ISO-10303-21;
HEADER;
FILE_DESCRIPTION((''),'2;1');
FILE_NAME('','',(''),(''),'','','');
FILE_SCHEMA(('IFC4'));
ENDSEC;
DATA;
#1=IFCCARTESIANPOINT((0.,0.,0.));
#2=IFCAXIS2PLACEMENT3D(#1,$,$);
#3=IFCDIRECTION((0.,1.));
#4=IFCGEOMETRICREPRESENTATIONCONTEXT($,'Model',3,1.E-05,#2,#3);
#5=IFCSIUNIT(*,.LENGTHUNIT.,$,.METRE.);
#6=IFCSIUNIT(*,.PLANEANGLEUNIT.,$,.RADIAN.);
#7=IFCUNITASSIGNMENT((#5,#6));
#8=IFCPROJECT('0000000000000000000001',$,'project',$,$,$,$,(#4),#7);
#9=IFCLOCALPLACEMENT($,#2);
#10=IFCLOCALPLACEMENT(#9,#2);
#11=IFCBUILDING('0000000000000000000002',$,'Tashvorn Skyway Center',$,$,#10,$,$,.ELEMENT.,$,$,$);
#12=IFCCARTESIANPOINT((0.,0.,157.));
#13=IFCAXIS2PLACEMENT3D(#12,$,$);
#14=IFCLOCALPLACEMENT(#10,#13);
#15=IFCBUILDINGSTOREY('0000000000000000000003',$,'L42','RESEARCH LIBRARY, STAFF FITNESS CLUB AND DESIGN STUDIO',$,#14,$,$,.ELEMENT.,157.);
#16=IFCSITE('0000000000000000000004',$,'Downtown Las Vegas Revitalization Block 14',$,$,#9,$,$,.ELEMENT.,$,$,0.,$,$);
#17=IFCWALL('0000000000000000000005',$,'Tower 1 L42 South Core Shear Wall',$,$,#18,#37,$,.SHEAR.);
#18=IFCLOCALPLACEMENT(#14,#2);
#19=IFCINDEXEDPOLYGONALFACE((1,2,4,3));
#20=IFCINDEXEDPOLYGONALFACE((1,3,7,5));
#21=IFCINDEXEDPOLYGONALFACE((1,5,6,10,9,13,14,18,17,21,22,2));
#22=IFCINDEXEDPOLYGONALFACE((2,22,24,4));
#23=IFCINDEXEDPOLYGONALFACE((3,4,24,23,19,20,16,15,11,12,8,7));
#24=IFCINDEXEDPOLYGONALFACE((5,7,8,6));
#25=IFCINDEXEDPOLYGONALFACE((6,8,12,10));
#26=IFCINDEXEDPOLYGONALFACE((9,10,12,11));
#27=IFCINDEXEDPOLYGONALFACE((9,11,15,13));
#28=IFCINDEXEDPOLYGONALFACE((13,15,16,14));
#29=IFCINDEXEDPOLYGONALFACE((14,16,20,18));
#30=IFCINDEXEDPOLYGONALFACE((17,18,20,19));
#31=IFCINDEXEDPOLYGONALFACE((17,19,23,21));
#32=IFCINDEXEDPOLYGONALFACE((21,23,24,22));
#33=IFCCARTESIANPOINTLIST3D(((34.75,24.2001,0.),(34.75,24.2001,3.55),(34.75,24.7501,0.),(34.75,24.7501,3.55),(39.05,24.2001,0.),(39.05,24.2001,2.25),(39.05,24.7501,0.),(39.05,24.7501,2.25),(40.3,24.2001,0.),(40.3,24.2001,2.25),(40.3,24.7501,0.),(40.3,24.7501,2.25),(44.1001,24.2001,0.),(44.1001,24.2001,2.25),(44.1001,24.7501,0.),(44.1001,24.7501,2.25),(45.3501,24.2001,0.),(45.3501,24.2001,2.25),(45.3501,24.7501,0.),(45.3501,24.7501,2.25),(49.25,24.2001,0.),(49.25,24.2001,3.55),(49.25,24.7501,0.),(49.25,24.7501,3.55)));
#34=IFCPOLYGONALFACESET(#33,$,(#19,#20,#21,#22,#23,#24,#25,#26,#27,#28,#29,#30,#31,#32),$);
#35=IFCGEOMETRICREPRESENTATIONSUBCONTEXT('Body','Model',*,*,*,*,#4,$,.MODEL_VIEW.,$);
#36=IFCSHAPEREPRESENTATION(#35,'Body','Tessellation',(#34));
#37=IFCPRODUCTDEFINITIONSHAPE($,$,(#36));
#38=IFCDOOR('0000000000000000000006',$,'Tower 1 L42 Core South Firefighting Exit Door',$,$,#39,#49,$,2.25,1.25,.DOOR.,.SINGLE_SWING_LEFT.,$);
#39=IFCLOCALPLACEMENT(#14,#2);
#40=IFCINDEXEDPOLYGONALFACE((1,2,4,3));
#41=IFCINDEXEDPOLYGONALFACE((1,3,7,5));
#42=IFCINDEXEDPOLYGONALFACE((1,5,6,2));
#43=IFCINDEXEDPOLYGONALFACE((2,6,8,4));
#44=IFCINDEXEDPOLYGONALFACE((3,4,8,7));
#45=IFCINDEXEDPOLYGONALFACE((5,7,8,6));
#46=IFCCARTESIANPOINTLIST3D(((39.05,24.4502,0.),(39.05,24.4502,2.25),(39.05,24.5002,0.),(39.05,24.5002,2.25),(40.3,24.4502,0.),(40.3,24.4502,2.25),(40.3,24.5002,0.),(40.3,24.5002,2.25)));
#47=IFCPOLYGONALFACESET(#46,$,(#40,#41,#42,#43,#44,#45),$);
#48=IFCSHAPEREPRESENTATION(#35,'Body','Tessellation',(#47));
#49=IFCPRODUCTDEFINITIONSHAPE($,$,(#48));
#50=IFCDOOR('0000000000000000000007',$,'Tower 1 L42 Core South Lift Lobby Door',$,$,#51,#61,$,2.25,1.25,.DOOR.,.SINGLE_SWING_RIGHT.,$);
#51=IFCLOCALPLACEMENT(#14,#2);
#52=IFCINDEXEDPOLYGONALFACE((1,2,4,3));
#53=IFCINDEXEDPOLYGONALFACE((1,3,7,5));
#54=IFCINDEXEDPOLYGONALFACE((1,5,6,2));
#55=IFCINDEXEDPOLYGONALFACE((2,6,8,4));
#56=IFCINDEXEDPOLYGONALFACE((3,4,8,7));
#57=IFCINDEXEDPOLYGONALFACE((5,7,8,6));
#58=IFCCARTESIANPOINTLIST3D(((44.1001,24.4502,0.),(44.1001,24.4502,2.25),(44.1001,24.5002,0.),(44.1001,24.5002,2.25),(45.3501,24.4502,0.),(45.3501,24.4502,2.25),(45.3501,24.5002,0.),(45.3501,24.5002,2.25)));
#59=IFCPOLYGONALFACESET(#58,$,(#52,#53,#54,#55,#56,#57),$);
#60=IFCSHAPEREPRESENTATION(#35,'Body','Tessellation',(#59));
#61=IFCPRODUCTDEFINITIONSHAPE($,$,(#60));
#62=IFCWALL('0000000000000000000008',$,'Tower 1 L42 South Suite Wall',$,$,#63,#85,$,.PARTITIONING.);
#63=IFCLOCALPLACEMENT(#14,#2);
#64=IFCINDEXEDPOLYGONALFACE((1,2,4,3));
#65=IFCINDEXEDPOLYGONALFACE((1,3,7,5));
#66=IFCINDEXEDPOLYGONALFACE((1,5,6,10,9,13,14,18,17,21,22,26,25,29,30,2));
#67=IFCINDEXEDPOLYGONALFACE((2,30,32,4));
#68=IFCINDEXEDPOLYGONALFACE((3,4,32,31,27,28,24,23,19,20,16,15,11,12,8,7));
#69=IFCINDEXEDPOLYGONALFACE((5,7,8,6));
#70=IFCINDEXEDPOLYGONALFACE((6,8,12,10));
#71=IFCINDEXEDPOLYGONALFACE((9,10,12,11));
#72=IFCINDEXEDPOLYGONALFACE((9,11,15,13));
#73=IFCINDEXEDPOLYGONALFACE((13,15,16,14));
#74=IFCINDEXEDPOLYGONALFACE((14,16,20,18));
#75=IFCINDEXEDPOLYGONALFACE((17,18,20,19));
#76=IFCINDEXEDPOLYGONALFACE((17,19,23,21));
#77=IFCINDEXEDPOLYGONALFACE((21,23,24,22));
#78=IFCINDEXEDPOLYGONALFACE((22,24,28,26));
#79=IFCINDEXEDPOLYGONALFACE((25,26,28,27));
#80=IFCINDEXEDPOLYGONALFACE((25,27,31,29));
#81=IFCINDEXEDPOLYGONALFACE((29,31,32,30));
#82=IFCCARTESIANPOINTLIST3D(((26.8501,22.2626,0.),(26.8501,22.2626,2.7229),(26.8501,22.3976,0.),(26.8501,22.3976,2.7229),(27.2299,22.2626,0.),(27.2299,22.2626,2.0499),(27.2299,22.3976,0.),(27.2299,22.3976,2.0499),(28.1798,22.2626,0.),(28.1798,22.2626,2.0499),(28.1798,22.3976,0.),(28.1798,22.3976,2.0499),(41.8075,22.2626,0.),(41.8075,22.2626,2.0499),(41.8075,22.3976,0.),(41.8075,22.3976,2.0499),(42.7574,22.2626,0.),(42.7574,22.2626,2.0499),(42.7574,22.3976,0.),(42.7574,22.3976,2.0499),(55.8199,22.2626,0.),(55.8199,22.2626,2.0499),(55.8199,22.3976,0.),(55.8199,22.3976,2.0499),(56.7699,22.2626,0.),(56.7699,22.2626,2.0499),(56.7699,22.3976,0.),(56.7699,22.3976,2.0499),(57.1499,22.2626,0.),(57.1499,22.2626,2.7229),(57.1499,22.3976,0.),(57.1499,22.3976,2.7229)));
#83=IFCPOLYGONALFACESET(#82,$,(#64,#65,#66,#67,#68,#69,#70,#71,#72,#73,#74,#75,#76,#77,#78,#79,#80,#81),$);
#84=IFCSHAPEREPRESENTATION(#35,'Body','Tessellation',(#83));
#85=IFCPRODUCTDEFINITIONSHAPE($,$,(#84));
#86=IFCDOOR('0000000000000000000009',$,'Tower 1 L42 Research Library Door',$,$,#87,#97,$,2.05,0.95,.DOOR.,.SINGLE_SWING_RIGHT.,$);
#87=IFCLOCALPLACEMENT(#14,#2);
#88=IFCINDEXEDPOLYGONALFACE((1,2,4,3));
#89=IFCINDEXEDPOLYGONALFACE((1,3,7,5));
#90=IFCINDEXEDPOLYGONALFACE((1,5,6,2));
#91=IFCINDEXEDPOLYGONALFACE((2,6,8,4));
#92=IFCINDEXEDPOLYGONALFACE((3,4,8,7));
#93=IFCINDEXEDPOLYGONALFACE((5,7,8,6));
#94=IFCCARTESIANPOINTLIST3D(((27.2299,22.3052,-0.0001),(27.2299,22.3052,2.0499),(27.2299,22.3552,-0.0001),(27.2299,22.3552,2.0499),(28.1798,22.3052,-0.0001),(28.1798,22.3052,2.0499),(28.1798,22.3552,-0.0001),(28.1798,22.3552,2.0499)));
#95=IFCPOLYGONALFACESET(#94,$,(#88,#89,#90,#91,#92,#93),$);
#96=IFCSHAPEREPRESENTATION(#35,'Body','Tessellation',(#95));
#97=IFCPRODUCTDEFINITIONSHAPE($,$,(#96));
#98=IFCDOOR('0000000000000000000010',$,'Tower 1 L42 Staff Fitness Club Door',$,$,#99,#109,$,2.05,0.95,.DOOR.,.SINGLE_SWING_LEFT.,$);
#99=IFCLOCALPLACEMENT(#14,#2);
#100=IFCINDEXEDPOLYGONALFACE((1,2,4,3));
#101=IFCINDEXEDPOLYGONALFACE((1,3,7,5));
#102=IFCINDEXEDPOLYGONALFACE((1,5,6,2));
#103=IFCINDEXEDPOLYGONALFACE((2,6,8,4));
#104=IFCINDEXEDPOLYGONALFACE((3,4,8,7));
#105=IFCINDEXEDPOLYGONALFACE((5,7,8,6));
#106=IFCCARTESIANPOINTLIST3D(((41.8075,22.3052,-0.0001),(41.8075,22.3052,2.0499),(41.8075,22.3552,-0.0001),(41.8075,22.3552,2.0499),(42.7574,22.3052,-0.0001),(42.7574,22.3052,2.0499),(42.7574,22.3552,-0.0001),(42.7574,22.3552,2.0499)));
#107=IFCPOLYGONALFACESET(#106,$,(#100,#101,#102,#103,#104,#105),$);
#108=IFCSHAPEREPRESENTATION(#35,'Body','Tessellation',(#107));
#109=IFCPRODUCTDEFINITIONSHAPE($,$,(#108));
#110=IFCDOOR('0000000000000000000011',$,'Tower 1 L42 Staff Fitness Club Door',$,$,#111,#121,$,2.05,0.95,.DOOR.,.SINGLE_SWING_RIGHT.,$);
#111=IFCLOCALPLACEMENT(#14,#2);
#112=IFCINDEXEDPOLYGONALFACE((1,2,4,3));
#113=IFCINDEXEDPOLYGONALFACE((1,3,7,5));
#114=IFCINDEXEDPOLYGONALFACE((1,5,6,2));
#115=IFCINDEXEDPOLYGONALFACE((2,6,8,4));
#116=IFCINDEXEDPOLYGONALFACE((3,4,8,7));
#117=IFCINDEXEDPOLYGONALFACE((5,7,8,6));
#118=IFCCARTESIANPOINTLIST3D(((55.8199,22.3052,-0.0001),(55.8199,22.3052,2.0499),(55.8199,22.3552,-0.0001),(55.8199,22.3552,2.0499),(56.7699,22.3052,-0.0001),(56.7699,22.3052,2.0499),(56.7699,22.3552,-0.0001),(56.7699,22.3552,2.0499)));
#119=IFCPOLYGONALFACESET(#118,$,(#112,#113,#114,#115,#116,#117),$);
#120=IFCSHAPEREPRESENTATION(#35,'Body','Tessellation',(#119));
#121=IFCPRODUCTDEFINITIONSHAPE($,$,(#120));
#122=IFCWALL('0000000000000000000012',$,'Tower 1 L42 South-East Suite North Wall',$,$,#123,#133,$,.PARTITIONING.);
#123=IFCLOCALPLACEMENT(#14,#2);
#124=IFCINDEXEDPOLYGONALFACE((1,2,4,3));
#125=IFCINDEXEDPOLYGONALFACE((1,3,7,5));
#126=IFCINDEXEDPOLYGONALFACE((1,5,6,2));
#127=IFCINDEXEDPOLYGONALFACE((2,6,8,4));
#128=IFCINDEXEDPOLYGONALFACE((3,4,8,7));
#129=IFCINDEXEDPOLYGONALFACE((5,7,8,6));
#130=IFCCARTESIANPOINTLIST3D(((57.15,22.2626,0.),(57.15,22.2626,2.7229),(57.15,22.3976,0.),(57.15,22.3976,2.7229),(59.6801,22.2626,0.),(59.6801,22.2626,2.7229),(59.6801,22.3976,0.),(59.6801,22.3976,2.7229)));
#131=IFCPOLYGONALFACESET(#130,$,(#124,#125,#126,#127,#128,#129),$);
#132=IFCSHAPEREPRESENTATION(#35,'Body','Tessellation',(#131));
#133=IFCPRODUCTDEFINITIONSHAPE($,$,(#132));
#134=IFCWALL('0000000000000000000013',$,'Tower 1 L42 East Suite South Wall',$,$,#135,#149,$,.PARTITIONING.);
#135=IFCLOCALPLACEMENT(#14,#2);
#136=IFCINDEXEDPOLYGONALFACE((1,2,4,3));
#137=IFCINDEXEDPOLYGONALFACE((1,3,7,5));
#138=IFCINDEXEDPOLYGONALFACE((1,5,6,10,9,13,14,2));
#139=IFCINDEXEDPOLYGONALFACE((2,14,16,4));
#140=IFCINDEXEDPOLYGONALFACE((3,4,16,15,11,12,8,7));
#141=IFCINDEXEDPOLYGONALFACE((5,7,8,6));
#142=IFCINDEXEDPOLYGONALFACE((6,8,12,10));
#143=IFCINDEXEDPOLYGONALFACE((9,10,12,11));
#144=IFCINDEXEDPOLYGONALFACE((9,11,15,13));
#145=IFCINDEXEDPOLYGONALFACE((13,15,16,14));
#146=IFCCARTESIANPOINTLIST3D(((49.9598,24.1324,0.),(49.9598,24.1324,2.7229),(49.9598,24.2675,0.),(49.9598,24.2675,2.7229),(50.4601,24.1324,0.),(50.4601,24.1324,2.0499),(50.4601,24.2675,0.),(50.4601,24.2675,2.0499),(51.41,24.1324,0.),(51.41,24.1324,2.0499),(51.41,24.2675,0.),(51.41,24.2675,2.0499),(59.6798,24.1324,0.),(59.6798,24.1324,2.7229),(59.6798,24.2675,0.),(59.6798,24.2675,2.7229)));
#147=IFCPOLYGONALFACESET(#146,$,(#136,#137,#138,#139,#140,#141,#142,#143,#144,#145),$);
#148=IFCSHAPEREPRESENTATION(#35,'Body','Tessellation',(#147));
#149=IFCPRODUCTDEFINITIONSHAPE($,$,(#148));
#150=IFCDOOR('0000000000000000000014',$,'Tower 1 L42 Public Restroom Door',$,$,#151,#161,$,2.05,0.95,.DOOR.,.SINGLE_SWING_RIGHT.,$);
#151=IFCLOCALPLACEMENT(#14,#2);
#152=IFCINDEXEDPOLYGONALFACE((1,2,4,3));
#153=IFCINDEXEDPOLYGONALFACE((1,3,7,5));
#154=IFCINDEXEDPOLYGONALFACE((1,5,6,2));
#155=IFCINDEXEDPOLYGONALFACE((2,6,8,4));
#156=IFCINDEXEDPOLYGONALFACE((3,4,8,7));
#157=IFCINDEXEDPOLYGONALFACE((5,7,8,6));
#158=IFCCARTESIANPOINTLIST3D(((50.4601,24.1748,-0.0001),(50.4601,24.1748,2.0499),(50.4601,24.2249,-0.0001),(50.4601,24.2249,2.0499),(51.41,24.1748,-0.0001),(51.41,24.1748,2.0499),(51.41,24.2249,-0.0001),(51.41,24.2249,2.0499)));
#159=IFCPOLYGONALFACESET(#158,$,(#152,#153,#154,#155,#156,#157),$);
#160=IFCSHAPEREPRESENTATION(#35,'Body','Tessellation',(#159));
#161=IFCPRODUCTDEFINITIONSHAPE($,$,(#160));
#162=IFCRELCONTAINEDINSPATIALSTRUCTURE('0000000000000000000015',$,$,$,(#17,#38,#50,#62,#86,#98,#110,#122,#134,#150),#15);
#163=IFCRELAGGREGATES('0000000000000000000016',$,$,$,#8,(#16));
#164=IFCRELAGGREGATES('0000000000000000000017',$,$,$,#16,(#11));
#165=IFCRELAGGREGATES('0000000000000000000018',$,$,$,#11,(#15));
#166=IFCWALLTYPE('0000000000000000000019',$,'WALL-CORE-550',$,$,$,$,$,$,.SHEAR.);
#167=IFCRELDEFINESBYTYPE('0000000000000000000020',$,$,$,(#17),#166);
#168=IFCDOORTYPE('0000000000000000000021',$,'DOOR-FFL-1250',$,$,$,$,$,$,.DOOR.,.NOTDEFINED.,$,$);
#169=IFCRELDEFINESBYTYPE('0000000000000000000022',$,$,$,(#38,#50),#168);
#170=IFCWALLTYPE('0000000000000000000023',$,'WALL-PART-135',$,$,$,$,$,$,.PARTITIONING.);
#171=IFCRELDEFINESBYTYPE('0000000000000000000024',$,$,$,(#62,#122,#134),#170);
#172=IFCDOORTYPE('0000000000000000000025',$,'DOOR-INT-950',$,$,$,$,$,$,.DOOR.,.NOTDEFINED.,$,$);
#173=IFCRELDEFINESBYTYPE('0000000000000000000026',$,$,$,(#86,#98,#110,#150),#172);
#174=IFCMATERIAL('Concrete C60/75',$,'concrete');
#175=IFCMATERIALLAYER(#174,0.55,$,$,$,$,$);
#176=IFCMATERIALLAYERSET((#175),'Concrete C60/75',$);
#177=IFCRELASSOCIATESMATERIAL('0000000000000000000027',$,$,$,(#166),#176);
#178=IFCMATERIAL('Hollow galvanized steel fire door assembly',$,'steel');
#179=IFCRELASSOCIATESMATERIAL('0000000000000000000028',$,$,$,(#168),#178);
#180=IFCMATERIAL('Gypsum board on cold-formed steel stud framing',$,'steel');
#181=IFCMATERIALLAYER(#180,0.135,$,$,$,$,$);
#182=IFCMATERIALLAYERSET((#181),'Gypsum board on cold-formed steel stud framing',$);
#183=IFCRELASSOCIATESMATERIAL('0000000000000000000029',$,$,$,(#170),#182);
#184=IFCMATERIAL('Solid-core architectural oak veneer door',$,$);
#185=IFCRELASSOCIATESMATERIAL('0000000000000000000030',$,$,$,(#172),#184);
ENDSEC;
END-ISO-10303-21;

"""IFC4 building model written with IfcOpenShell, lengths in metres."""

from ifc_helpers import new_model, si_unit, direction, frame, frame_2d, origin, place, context, subcontext, project, spatial, rectangle, extrude, material, layer, layer_set, type_object, element, fill, save


model = new_model("IFC4")

# Units and contexts
model_context = context("Model", 3, precision=1e-05, world=origin(), true_north=direction((0.0, 1.0)))
body_context = subcontext(model_context, "Body", "Model", "MODEL_VIEW")
ifc_project = project(units=[si_unit("LENGTHUNIT", "METRE"), si_unit("PLANEANGLEUNIT", "RADIAN")], contexts=[model_context])

# Site, building, storey
site_placement = place(None, origin())
site = spatial("IfcSite", under=ifc_project, at=site_placement, Name="Downtown Las Vegas Revitalization Block 14", CompositionType="ELEMENT", RefElevation=0.0)
building_placement = place(site_placement, origin())
building = spatial("IfcBuilding", under=site, at=building_placement, Name="Tashvorn Skyway Center", CompositionType="ELEMENT")
storey_placement = place(building_placement, frame((0.0, 0.0, 157.0)))
storey = spatial("IfcBuildingStorey", under=building, at=storey_placement, Name="L42", Description="RESEARCH LIBRARY, STAFF FITNESS CLUB AND DESIGN STUDIO", CompositionType="ELEMENT", Elevation=157.0)

# Walls, openings, doors
ifc_material_1 = material(Name="Concrete C60/75", Category="concrete")
ifc_layer_1 = layer(ifc_material_1, 0.55)
ifc_layer_set_1 = layer_set([ifc_layer_1], Name="Concrete C60/75")
wall_type_1 = type_object("IfcWallType", Name="WALL-CORE-550", PredefinedType="SHEAR", material=ifc_layer_set_1)
wall_1_placement = place(storey_placement, frame((49.25, 24.4751, 0.0), z_axis=(0.0, 0.0, 1.0), x_axis=(-1.0, 0.0, 0.0)))
wall_1 = element("IfcWall", 1, at=wall_1_placement, inside=storey, type_object=wall_type_1, Name="Tower 1 L42 South Core Shear Wall", PredefinedType="SHEAR", context=body_context, shape_type="SweptSolid", body=[
    extrude(rectangle(XDim=14.5, YDim=0.55, at=frame_2d((7.25, 0.0))), origin(), (0.0, 0.0, 1.0), 3.55),
])
opening_1_placement = place(wall_1_placement, frame((8.95, 0.0, 0.0)))
opening_1 = element("IfcOpeningElement", 2, at=opening_1_placement, cuts=wall_1, PredefinedType="OPENING", context=body_context, shape_type="SweptSolid", body=[
    extrude(rectangle(XDim=1.25, YDim=2.25, at=frame_2d((0.625, 1.125))), frame((0.0, 0.2849, 0.0), z_axis=(0.0, -1.0, 0.0), x_axis=(1.0, 0.0, 0.0)), (0.0, 0.0, 1.0), 0.5701),
])
opening_2_placement = place(wall_1_placement, frame((3.8999, 0.0, 0.0)))
opening_2 = element("IfcOpeningElement", 3, at=opening_2_placement, cuts=wall_1, PredefinedType="OPENING", context=body_context, shape_type="SweptSolid", body=[
    extrude(rectangle(XDim=1.25, YDim=2.25, at=frame_2d((0.625, 1.125))), frame((0.0, 0.2849, 0.0), z_axis=(0.0, -1.0, 0.0), x_axis=(1.0, 0.0, 0.0)), (0.0, 0.0, 1.0), 0.5701),
])
ifc_material_2 = material(Name="Hollow galvanized steel fire door assembly", Category="steel")
door_type_1 = type_object("IfcDoorType", Name="DOOR-FFL-1250", OperationType="NOTDEFINED", PredefinedType="DOOR", material=ifc_material_2)
door_1_placement = place(opening_1_placement, origin())
door_1 = element("IfcDoor", 4, at=door_1_placement, inside=storey, type_object=door_type_1, Name="Tower 1 L42 Core South Firefighting Exit Door", OperationType="SINGLE_SWING_LEFT", OverallHeight=2.25, OverallWidth=1.25, PredefinedType="DOOR", context=body_context, shape_type="SweptSolid", body=[
    extrude(rectangle(XDim=1.25, YDim=2.25, at=frame_2d((0.625, 1.125))), frame((0.0, 0.0249, 0.0), z_axis=(0.0, -1.0, 0.0), x_axis=(1.0, 0.0, 0.0)), (0.0, 0.0, 1.0), 0.05),
])
fill(opening_1, door_1)
door_2_placement = place(opening_2_placement, origin())
door_2 = element("IfcDoor", 5, at=door_2_placement, inside=storey, type_object=door_type_1, Name="Tower 1 L42 Core South Lift Lobby Door", OperationType="SINGLE_SWING_RIGHT", OverallHeight=2.25, OverallWidth=1.25, PredefinedType="DOOR", context=body_context, shape_type="SweptSolid", body=[
    extrude(rectangle(XDim=1.25, YDim=2.25, at=frame_2d((0.625, 1.125))), frame((0.0, 0.0249, 0.0), z_axis=(0.0, -1.0, 0.0), x_axis=(1.0, 0.0, 0.0)), (0.0, 0.0, 1.0), 0.05),
])
fill(opening_2, door_2)
ifc_material_3 = material(Name="Gypsum board on cold-formed steel stud framing", Category="steel")
ifc_layer_2 = layer(ifc_material_3, 0.135)
ifc_layer_set_2 = layer_set([ifc_layer_2], Name="Gypsum board on cold-formed steel stud framing")
wall_type_2 = type_object("IfcWallType", Name="WALL-PART-135", PredefinedType="PARTITIONING", material=ifc_layer_set_2)
wall_2_placement = place(storey_placement, frame((57.1499, 22.3301, 0.0), z_axis=(0.0, 0.0, 1.0), x_axis=(-1.0, 0.0, 0.0)))
wall_2 = element("IfcWall", 6, at=wall_2_placement, inside=storey, type_object=wall_type_2, Name="Tower 1 L42 South Suite Wall", PredefinedType="PARTITIONING", context=body_context, shape_type="SweptSolid", body=[
    extrude(rectangle(XDim=30.2998, YDim=0.135, at=frame_2d((15.1499, 0.0))), origin(), (0.0, 0.0, 1.0), 2.7229),
])
opening_3_placement = place(wall_2_placement, frame((28.97, 0.0, 0.0)))
opening_3 = element("IfcOpeningElement", 7, at=opening_3_placement, cuts=wall_2, PredefinedType="OPENING", context=body_context, shape_type="SweptSolid", body=[
    extrude(rectangle(XDim=0.95, YDim=2.05, at=frame_2d((0.4751, 1.0249))), frame((0.0, 0.0774, 0.0), z_axis=(0.0, -1.0, 0.0), x_axis=(1.0, 0.0, 0.0)), (0.0, 0.0, 1.0), 0.155),
])
opening_4_placement = place(wall_2_placement, frame((14.3923, 0.0, 0.0)))
opening_4 = element("IfcOpeningElement", 8, at=opening_4_placement, cuts=wall_2, PredefinedType="OPENING", context=body_context, shape_type="SweptSolid", body=[
    extrude(rectangle(XDim=0.95, YDim=2.05, at=frame_2d((0.4751, 1.0249))), frame((0.0, 0.0774, 0.0), z_axis=(0.0, -1.0, 0.0), x_axis=(1.0, 0.0, 0.0)), (0.0, 0.0, 1.0), 0.155),
])
opening_5_placement = place(wall_2_placement, frame((0.3799, 0.0, 0.0)))
opening_5 = element("IfcOpeningElement", 9, at=opening_5_placement, cuts=wall_2, PredefinedType="OPENING", context=body_context, shape_type="SweptSolid", body=[
    extrude(rectangle(XDim=0.95, YDim=2.05, at=frame_2d((0.4751, 1.0249))), frame((0.0, 0.0774, 0.0), z_axis=(0.0, -1.0, 0.0), x_axis=(1.0, 0.0, 0.0)), (0.0, 0.0, 1.0), 0.155),
])
ifc_material_4 = material(Name="Solid-core architectural oak veneer door")
door_type_2 = type_object("IfcDoorType", Name="DOOR-INT-950", OperationType="NOTDEFINED", PredefinedType="DOOR", material=ifc_material_4)
door_3_placement = place(opening_3_placement, origin())
door_3 = element("IfcDoor", 10, at=door_3_placement, inside=storey, type_object=door_type_2, Name="Tower 1 L42 Research Library Door", OperationType="SINGLE_SWING_RIGHT", OverallHeight=2.05, OverallWidth=0.95, PredefinedType="DOOR", context=body_context, shape_type="SweptSolid", body=[
    extrude(rectangle(XDim=0.95, YDim=2.05, at=frame_2d((0.4751, 1.0249))), frame((0.0, 0.0249, 0.0), z_axis=(0.0, -1.0, 0.0), x_axis=(1.0, 0.0, 0.0)), (0.0, 0.0, 1.0), 0.05),
])
fill(opening_3, door_3)
door_4_placement = place(opening_4_placement, origin())
door_4 = element("IfcDoor", 11, at=door_4_placement, inside=storey, type_object=door_type_2, Name="Tower 1 L42 Staff Fitness Club Door", OperationType="SINGLE_SWING_LEFT", OverallHeight=2.05, OverallWidth=0.95, PredefinedType="DOOR", context=body_context, shape_type="SweptSolid", body=[
    extrude(rectangle(XDim=0.95, YDim=2.05, at=frame_2d((0.4751, 1.0249))), frame((0.0, 0.0249, 0.0), z_axis=(0.0, -1.0, 0.0), x_axis=(1.0, 0.0, 0.0)), (0.0, 0.0, 1.0), 0.05),
])
fill(opening_4, door_4)
door_5_placement = place(opening_5_placement, origin())
door_5 = element("IfcDoor", 12, at=door_5_placement, inside=storey, type_object=door_type_2, Name="Tower 1 L42 Staff Fitness Club Door", OperationType="SINGLE_SWING_RIGHT", OverallHeight=2.05, OverallWidth=0.95, PredefinedType="DOOR", context=body_context, shape_type="SweptSolid", body=[
    extrude(rectangle(XDim=0.95, YDim=2.05, at=frame_2d((0.4751, 1.0249))), frame((0.0, 0.0249, 0.0), z_axis=(0.0, -1.0, 0.0), x_axis=(1.0, 0.0, 0.0)), (0.0, 0.0, 1.0), 0.05),
])
fill(opening_5, door_5)

# Wall
wall_3_placement = place(storey_placement, frame((57.1499, 22.3301, 0.0), z_axis=(0.0, 0.0, 1.0), x_axis=(1.0, 0.0, 0.0)))
element("IfcWall", 13, at=wall_3_placement, inside=storey, type_object=wall_type_2, Name="Tower 1 L42 South-East Suite North Wall", PredefinedType="PARTITIONING", context=body_context, shape_type="SweptSolid", body=[
    extrude(rectangle(XDim=2.53, YDim=0.135, at=frame_2d((1.2651, 0.0))), origin(), (0.0, 0.0, 1.0), 2.7229),
])

# Wall, opening, door
wall_4_placement = place(storey_placement, frame((49.96, 24.2, 0.0), z_axis=(0.0, 0.0, 1.0), x_axis=(1.0, 0.0, 0.0)))
wall_4 = element("IfcWall", 14, at=wall_4_placement, inside=storey, type_object=wall_type_2, Name="Tower 1 L42 East Suite South Wall", PredefinedType="PARTITIONING", context=body_context, shape_type="SweptSolid", body=[
    extrude(rectangle(XDim=9.72, YDim=0.135, at=frame_2d((4.8599, 0.0))), origin(), (0.0, 0.0, 1.0), 2.7229),
])
opening_6_placement = place(wall_4_placement, frame((0.5, 0.0, 0.0)))
opening_6 = element("IfcOpeningElement", 15, at=opening_6_placement, cuts=wall_4, PredefinedType="OPENING", context=body_context, shape_type="SweptSolid", body=[
    extrude(rectangle(XDim=0.95, YDim=2.05, at=frame_2d((0.4751, 1.0249))), frame((0.0, 0.0774, 0.0), z_axis=(0.0, -1.0, 0.0), x_axis=(1.0, 0.0, 0.0)), (0.0, 0.0, 1.0), 0.155),
])
door_6_placement = place(opening_6_placement, origin())
door_6 = element("IfcDoor", 16, at=door_6_placement, inside=storey, type_object=door_type_2, Name="Tower 1 L42 Public Restroom Door", OperationType="SINGLE_SWING_RIGHT", OverallHeight=2.05, OverallWidth=0.95, PredefinedType="DOOR", context=body_context, shape_type="SweptSolid", body=[
    extrude(rectangle(XDim=0.95, YDim=2.05, at=frame_2d((0.4751, 1.0249))), frame((0.0, 0.0249, 0.0), z_axis=(0.0, -1.0, 0.0), x_axis=(1.0, 0.0, 0.0)), (0.0, 0.0, 1.0), 0.05),
])
fill(opening_6, door_6)

save(model, "model.ifc")
